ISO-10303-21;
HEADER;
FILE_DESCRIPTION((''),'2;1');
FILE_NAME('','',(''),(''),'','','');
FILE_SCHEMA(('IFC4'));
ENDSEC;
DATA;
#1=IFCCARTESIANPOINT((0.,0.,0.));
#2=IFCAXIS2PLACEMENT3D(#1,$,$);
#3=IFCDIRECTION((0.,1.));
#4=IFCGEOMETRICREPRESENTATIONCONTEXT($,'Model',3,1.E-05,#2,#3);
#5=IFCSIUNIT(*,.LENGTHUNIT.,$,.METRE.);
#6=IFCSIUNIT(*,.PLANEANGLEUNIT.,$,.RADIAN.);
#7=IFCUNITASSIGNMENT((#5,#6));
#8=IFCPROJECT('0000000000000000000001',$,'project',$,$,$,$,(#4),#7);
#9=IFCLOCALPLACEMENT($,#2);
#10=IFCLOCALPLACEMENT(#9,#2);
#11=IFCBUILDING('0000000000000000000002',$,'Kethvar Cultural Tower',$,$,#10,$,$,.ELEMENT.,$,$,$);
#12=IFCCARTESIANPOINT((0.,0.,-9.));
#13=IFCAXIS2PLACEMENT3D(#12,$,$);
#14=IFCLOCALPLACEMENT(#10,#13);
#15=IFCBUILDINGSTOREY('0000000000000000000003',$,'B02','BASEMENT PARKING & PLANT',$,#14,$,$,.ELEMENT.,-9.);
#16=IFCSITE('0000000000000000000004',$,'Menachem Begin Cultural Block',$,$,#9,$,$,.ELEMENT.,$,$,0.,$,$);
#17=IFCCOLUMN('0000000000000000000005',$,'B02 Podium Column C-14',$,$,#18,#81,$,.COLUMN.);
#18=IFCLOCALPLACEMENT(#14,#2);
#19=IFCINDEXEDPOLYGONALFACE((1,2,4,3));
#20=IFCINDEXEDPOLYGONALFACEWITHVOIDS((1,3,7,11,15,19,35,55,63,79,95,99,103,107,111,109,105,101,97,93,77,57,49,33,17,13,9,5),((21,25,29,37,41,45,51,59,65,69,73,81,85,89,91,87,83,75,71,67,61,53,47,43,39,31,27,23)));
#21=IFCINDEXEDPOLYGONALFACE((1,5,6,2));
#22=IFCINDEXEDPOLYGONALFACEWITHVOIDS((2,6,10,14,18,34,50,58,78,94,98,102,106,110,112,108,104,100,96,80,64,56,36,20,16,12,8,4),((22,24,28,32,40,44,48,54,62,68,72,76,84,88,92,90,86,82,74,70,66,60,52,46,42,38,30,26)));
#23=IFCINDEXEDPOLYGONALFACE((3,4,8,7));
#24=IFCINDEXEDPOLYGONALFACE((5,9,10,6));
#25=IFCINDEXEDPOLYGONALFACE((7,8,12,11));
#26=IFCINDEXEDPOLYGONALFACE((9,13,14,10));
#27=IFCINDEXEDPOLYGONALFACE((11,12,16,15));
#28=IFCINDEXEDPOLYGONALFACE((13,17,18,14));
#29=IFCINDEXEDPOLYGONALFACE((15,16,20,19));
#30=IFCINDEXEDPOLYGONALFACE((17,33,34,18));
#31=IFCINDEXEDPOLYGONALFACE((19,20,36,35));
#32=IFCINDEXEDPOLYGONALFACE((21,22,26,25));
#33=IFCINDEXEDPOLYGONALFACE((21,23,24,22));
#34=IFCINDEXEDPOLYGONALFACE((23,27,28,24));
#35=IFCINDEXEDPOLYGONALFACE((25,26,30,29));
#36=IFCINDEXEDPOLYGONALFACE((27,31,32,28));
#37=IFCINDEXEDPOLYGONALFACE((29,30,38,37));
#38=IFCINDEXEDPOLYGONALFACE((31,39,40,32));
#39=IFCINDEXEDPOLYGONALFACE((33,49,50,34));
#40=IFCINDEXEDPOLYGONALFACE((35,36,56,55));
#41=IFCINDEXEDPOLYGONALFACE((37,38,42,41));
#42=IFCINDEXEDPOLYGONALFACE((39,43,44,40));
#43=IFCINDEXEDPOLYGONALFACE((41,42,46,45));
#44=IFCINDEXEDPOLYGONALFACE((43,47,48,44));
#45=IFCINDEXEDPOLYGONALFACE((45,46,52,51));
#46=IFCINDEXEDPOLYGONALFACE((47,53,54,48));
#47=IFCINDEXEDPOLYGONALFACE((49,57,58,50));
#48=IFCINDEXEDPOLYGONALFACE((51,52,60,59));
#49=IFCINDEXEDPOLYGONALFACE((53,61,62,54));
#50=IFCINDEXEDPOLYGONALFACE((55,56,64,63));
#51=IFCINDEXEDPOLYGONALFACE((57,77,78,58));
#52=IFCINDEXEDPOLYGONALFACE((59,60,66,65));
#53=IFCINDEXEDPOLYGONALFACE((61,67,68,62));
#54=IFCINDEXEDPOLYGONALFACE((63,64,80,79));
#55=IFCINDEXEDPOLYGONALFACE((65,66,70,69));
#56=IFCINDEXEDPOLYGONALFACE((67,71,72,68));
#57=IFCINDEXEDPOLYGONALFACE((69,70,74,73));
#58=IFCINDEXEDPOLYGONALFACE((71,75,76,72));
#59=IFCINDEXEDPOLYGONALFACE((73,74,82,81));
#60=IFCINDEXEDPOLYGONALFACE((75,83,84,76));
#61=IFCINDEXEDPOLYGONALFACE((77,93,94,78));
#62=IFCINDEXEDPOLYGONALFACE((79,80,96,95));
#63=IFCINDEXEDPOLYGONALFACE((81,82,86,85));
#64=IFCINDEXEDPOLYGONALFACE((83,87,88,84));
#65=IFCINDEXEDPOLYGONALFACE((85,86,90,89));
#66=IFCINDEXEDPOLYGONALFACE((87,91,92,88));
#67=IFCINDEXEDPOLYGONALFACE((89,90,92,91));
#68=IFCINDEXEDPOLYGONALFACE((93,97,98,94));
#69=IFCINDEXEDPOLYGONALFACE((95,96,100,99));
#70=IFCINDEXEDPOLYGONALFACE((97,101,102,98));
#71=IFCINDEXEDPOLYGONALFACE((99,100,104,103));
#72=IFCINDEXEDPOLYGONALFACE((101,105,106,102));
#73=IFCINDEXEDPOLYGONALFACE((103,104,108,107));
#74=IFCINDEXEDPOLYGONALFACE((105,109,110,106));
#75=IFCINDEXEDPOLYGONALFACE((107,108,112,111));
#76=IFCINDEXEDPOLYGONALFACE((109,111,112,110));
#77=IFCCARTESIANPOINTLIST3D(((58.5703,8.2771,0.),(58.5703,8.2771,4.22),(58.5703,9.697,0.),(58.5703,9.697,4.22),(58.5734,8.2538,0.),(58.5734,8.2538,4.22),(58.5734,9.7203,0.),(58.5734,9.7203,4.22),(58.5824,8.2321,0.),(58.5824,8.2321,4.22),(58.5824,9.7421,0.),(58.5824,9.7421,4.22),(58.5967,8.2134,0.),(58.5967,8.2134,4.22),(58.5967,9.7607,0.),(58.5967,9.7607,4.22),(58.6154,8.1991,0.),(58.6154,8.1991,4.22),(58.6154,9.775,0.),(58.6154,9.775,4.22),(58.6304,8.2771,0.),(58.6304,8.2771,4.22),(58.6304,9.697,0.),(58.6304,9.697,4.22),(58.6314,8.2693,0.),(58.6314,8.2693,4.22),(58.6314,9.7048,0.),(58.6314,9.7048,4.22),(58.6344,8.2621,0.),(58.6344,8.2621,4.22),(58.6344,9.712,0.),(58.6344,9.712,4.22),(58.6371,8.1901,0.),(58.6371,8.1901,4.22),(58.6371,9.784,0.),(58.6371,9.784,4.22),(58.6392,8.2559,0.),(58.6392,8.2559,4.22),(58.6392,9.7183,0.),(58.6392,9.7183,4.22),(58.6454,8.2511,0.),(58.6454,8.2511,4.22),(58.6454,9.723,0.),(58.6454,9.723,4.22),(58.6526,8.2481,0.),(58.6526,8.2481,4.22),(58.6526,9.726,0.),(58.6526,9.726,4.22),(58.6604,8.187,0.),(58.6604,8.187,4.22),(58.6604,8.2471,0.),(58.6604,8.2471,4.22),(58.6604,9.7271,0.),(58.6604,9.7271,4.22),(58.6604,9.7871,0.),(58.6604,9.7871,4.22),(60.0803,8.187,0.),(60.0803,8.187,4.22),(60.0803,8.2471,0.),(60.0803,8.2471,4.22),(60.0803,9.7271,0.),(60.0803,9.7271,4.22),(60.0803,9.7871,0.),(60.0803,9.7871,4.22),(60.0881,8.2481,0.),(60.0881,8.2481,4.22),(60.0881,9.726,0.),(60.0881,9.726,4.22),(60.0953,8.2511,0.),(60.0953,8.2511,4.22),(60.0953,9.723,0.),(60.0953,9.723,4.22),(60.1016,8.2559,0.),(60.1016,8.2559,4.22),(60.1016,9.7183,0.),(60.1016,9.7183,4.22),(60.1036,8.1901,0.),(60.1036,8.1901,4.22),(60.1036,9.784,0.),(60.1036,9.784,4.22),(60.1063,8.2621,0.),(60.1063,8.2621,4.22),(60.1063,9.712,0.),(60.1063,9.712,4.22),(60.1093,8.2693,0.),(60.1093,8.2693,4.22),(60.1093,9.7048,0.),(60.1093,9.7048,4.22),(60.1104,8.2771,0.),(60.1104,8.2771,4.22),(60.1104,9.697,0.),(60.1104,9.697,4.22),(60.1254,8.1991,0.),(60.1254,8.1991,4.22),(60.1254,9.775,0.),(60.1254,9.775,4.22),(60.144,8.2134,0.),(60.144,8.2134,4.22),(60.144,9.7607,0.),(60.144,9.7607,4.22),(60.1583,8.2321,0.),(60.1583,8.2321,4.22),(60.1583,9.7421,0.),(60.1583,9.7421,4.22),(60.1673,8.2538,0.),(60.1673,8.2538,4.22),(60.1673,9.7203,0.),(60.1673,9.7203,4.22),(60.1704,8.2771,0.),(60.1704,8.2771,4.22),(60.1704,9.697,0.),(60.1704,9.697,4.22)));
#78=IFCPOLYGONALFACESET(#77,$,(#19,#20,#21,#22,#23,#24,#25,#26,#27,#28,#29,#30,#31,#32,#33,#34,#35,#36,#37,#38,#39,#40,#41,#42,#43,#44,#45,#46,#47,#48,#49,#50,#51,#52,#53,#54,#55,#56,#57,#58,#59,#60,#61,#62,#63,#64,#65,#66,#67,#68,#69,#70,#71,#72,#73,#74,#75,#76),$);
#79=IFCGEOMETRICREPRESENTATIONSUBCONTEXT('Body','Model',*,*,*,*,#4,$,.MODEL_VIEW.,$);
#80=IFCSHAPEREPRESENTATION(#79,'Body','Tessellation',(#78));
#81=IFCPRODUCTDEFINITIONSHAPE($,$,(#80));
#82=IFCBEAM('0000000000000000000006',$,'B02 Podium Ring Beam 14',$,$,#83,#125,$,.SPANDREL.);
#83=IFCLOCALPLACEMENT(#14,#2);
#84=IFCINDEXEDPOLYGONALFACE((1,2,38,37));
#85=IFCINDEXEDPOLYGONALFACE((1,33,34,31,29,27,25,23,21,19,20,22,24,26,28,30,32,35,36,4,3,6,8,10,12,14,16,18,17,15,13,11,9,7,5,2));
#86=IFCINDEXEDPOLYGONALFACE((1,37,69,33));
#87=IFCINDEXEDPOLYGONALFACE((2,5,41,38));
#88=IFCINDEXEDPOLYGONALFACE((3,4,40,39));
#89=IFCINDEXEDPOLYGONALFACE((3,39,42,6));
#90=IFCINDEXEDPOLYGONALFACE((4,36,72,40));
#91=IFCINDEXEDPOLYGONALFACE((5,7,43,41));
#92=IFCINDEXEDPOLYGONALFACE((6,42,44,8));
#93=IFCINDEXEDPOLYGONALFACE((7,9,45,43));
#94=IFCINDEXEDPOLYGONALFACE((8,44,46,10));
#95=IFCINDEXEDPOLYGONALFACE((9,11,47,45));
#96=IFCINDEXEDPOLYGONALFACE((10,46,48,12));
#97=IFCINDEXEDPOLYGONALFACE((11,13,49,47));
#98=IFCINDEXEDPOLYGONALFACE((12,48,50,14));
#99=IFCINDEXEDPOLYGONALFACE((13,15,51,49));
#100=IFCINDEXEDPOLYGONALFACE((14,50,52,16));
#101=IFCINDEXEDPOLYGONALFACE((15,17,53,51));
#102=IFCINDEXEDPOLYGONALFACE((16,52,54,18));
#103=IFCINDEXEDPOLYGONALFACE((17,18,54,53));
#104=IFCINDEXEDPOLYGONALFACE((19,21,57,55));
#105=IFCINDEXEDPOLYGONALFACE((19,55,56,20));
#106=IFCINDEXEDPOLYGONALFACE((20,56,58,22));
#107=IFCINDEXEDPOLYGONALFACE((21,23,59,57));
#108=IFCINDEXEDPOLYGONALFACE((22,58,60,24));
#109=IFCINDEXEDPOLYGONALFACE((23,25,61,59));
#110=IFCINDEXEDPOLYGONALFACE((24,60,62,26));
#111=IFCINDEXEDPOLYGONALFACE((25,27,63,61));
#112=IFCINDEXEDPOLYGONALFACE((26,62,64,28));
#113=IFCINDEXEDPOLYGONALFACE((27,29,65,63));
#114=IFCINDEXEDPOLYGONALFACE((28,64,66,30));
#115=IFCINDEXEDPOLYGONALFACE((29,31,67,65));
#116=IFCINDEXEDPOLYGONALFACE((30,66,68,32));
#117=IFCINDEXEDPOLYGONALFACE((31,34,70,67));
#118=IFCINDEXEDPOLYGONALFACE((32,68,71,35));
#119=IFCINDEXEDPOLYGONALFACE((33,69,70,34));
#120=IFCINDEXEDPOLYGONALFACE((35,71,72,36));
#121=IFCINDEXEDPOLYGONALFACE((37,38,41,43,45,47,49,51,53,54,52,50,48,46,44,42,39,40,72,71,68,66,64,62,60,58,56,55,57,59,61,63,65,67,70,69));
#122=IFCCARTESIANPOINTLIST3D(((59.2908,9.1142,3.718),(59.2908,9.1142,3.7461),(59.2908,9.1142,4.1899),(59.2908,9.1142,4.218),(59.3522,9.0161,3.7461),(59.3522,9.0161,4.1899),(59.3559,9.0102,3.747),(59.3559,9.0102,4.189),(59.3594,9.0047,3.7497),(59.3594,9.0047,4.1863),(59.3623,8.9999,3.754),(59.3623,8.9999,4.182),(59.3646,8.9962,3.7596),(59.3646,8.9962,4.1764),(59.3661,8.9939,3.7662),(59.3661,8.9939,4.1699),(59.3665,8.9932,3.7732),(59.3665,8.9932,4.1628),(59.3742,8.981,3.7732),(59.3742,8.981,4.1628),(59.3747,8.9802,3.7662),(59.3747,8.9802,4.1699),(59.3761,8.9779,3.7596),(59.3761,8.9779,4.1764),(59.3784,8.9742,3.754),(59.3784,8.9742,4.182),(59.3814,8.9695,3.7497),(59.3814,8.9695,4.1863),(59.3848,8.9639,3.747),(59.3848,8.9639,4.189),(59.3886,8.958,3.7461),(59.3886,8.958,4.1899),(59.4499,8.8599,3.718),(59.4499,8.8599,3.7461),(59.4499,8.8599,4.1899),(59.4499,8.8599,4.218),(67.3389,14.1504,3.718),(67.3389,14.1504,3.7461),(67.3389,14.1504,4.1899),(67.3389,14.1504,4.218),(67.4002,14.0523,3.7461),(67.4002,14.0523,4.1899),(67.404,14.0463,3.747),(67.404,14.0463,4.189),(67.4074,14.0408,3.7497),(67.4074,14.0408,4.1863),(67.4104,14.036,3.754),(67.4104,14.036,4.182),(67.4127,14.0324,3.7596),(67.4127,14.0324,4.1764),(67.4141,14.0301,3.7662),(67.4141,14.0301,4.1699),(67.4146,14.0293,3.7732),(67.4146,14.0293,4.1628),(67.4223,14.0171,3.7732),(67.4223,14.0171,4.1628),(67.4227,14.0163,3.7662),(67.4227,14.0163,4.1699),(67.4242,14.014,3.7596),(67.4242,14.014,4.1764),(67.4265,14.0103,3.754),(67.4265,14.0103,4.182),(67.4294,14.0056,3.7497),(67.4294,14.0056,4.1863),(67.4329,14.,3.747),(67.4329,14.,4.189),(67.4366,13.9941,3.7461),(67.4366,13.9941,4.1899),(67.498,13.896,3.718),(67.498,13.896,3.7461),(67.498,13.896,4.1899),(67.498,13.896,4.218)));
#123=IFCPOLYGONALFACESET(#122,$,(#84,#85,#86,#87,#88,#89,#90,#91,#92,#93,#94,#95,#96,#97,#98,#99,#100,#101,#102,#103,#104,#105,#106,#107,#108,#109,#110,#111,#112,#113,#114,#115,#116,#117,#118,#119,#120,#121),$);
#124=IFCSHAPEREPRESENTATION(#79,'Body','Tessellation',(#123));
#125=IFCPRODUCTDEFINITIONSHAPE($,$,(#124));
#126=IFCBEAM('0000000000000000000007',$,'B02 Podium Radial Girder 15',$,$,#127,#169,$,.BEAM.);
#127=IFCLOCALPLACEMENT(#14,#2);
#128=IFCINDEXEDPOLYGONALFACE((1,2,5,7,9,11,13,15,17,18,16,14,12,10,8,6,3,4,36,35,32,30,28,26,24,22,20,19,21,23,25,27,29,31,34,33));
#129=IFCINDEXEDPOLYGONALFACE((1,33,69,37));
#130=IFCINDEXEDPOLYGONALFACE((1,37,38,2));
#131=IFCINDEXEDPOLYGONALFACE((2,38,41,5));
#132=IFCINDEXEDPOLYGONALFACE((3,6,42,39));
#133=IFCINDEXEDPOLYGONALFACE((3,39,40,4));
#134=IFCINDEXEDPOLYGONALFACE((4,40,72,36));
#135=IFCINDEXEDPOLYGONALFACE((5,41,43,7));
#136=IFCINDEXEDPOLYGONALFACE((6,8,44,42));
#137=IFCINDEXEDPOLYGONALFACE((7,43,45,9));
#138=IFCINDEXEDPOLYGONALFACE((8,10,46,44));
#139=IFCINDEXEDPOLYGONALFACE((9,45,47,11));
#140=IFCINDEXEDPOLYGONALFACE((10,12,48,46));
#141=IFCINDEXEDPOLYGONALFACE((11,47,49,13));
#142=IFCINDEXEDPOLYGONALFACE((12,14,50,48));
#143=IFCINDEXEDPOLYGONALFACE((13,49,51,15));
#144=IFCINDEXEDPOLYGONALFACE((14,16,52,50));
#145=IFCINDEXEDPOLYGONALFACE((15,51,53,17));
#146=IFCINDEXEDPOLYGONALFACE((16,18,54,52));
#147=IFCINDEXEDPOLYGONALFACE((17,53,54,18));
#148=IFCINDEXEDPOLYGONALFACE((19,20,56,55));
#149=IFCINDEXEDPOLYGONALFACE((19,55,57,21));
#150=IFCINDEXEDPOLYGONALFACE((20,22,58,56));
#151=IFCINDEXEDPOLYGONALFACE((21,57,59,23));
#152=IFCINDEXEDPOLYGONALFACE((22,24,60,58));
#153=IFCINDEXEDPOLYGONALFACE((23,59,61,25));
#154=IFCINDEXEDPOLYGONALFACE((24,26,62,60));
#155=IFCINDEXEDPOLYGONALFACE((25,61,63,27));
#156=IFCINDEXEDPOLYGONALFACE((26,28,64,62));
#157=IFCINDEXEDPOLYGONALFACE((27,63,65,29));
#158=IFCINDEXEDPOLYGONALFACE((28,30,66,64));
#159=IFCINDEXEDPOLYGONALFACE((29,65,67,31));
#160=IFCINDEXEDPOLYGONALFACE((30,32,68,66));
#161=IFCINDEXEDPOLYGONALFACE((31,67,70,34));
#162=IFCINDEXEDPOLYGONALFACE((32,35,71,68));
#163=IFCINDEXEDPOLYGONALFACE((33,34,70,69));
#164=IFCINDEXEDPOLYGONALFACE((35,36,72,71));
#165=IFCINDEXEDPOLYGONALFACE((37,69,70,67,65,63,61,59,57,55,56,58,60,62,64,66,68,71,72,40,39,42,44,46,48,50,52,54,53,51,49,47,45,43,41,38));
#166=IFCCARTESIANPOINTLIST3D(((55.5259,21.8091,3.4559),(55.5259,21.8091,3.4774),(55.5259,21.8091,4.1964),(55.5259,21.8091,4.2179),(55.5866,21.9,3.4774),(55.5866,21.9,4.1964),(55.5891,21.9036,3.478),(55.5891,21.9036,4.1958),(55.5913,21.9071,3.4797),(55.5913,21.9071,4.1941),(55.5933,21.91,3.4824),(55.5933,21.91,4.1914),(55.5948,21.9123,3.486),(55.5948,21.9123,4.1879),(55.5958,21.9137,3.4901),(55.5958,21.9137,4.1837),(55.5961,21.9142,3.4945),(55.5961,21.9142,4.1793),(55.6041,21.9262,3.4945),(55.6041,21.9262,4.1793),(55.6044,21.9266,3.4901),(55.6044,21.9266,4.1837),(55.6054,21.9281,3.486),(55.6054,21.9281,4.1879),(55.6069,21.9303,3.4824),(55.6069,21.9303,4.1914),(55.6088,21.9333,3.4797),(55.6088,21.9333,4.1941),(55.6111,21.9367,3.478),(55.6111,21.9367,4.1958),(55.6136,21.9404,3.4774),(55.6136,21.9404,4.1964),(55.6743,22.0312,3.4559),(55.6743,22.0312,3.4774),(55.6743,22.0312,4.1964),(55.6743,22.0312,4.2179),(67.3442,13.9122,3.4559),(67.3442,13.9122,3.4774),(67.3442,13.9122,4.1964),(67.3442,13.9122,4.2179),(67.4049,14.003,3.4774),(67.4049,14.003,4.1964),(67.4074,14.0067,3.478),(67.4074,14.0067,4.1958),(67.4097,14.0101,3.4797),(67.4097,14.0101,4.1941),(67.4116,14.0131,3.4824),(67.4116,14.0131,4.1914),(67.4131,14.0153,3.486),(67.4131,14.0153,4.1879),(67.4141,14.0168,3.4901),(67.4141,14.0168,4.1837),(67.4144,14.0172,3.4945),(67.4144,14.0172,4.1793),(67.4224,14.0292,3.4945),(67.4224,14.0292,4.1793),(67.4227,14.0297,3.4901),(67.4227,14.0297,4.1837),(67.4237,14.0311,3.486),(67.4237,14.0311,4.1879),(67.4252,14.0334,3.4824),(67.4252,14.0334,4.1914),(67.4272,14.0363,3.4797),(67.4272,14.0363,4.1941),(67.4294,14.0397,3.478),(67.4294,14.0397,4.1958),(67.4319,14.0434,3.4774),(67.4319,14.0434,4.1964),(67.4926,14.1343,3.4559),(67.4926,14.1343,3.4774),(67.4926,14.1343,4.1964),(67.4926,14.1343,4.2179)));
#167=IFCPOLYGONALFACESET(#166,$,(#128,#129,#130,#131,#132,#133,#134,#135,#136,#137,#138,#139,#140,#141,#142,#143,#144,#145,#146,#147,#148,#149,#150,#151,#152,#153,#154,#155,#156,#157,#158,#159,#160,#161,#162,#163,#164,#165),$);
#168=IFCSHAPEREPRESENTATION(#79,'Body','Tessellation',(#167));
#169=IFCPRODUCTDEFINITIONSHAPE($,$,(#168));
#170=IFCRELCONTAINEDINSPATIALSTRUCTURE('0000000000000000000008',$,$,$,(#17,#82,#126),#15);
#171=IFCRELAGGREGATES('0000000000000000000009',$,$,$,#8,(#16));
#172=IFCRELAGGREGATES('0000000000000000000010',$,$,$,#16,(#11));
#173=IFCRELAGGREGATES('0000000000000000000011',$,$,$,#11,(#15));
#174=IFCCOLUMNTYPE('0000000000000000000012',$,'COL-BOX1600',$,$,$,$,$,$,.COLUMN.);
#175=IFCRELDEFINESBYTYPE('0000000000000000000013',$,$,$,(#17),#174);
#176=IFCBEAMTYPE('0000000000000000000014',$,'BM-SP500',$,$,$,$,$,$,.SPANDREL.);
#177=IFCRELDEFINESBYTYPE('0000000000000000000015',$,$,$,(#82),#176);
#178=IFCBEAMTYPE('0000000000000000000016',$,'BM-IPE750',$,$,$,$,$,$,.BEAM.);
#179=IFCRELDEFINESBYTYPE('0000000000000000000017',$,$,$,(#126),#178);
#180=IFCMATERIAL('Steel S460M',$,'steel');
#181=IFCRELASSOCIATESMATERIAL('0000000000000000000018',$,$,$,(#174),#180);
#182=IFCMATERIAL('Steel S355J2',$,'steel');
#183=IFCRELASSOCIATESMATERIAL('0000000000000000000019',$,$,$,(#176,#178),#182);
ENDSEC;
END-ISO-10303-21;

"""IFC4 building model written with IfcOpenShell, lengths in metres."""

from ifc_helpers import new_model, si_unit, direction, frame, origin, origin_2d, place, context, subcontext, project, spatial, hollow_rectangle, i_section, extrude, source, transform, mapped, material, material_profile, profile_set, type_object, element, save


model = new_model("IFC4")

# Units and contexts
model_context = context("Model", 3, precision=1e-05, world=origin(), true_north=direction((0.0, 1.0)))
body_context = subcontext(model_context, "Body", "Model", "MODEL_VIEW")
ifc_project = project(units=[si_unit("LENGTHUNIT", "METRE"), si_unit("PLANEANGLEUNIT", "RADIAN")], contexts=[model_context])

# Site, building, storey
site_placement = place(None, origin())
site = spatial("IfcSite", under=ifc_project, at=site_placement, Name="Menachem Begin Cultural Block", CompositionType="ELEMENT", RefElevation=0.0)
building_placement = place(site_placement, origin())
building = spatial("IfcBuilding", under=site, at=building_placement, Name="Kethvar Cultural Tower", CompositionType="ELEMENT")
storey_placement = place(building_placement, frame((0.0, 0.0, -9.0)))
storey = spatial("IfcBuildingStorey", under=building, at=storey_placement, Name="B02", Description="BASEMENT PARKING & PLANT", CompositionType="ELEMENT", Elevation=-9.0)

# Column
ifc_material_1 = material(Name="Steel S460M", Category="steel")
ifc_material_profile_1 = material_profile(ifc_material_1, hollow_rectangle(XDim=1.6001, YDim=1.6001, WallThickness=0.0601, InnerFilletRadius=0.03, OuterFilletRadius=0.0901, at=origin_2d()), Name="Steel S460M — BOX1600x1600x60")
ifc_profile_set_1 = profile_set([ifc_material_profile_1], Name="Steel S460M — BOX1600x1600x60")
column_type = type_object("IfcColumnType", Name="COL-BOX1600", PredefinedType="COLUMN", material=ifc_profile_set_1)
shared_shape_1 = source(origin(), body_context, "Body", "SweptSolid", [
    extrude(hollow_rectangle(XDim=1.6001, YDim=1.6001, WallThickness=0.0601, InnerFilletRadius=0.03, OuterFilletRadius=0.0901, at=origin_2d()), origin(), (0.0, 0.0, 1.0), 4.22),
])
column_placement = place(storey_placement, frame((59.3704, 8.9871, 0.0), z_axis=(0.0, 0.0, 1.0), x_axis=(1.0, 0.0, 0.0)))
element("IfcColumn", 1, at=column_placement, inside=storey, type_object=column_type, Name="B02 Podium Column C-14", PredefinedType="COLUMN", context=body_context, shape_type="MappedRepresentation", body=[
    mapped(shared_shape_1, transform((0.0, 0.0, 0.0), scale=1.0)),
])

# Beams
ifc_material_2 = material(Name="Steel S355J2", Category="steel")
ifc_material_profile_2 = material_profile(ifc_material_2, i_section(OverallWidth=0.3, OverallDepth=0.5, WebThickness=0.0144, FlangeThickness=0.0281, FilletRadius=0.0271, at=origin_2d()), Name="Steel S355J2 — HEB500")
ifc_profile_set_2 = profile_set([ifc_material_profile_2], Name="Steel S355J2 — HEB500")
beam_type_1 = type_object("IfcBeamType", Name="BM-SP500", PredefinedType="SPANDREL", material=ifc_profile_set_2)
shared_shape_2 = source(origin(), body_context, "Body", "SweptSolid", [
    extrude(i_section(OverallWidth=0.3, OverallDepth=0.5, WebThickness=0.0144, FlangeThickness=0.0281, FilletRadius=0.0271, at=origin_2d()), origin(), (0.0, 0.0, 1.0), 9.4939),
])
beam_1_placement = place(storey_placement, frame((59.3704, 8.9871, 3.968), z_axis=(0.847711, 0.530459, 0.0), x_axis=(-0.530459, 0.847711, 0.0)))
element("IfcBeam", 2, at=beam_1_placement, inside=storey, type_object=beam_type_1, Name="B02 Podium Ring Beam 14", PredefinedType="SPANDREL", context=body_context, shape_type="MappedRepresentation", body=[
    mapped(shared_shape_2, transform((0.0, 0.0, 0.0), scale=1.0)),
])
ifc_material_profile_3 = material_profile(ifc_material_2, i_section(OverallWidth=0.2671, OverallDepth=0.762, WebThickness=0.0144, FlangeThickness=0.0215, FilletRadius=0.0171, at=origin_2d()), Name="Steel S355J2 — IPE750x173")
ifc_profile_set_3 = profile_set([ifc_material_profile_3], Name="Steel S355J2 — IPE750x173")
beam_type_2 = type_object("IfcBeamType", Name="BM-IPE750", PredefinedType="BEAM", material=ifc_profile_set_3)
shared_shape_3 = source(origin(), body_context, "Body", "SweptSolid", [
    extrude(i_section(OverallWidth=0.2671, OverallDepth=0.762, WebThickness=0.0144, FlangeThickness=0.0215, FilletRadius=0.0171, at=origin_2d()), origin(), (0.0, 0.0, 1.0), 14.2139),
])
beam_2_placement = place(storey_placement, frame((55.6001, 21.9202, 3.8369), z_axis=(0.831463, -0.55558, 0.0), x_axis=(0.55558, 0.831463, 0.0)))
element("IfcBeam", 3, at=beam_2_placement, inside=storey, type_object=beam_type_2, Name="B02 Podium Radial Girder 15", PredefinedType="BEAM", context=body_context, shape_type="MappedRepresentation", body=[
    mapped(shared_shape_3, transform((0.0, 0.0, 0.0), scale=1.0)),
])

save(model, "model.ifc")
